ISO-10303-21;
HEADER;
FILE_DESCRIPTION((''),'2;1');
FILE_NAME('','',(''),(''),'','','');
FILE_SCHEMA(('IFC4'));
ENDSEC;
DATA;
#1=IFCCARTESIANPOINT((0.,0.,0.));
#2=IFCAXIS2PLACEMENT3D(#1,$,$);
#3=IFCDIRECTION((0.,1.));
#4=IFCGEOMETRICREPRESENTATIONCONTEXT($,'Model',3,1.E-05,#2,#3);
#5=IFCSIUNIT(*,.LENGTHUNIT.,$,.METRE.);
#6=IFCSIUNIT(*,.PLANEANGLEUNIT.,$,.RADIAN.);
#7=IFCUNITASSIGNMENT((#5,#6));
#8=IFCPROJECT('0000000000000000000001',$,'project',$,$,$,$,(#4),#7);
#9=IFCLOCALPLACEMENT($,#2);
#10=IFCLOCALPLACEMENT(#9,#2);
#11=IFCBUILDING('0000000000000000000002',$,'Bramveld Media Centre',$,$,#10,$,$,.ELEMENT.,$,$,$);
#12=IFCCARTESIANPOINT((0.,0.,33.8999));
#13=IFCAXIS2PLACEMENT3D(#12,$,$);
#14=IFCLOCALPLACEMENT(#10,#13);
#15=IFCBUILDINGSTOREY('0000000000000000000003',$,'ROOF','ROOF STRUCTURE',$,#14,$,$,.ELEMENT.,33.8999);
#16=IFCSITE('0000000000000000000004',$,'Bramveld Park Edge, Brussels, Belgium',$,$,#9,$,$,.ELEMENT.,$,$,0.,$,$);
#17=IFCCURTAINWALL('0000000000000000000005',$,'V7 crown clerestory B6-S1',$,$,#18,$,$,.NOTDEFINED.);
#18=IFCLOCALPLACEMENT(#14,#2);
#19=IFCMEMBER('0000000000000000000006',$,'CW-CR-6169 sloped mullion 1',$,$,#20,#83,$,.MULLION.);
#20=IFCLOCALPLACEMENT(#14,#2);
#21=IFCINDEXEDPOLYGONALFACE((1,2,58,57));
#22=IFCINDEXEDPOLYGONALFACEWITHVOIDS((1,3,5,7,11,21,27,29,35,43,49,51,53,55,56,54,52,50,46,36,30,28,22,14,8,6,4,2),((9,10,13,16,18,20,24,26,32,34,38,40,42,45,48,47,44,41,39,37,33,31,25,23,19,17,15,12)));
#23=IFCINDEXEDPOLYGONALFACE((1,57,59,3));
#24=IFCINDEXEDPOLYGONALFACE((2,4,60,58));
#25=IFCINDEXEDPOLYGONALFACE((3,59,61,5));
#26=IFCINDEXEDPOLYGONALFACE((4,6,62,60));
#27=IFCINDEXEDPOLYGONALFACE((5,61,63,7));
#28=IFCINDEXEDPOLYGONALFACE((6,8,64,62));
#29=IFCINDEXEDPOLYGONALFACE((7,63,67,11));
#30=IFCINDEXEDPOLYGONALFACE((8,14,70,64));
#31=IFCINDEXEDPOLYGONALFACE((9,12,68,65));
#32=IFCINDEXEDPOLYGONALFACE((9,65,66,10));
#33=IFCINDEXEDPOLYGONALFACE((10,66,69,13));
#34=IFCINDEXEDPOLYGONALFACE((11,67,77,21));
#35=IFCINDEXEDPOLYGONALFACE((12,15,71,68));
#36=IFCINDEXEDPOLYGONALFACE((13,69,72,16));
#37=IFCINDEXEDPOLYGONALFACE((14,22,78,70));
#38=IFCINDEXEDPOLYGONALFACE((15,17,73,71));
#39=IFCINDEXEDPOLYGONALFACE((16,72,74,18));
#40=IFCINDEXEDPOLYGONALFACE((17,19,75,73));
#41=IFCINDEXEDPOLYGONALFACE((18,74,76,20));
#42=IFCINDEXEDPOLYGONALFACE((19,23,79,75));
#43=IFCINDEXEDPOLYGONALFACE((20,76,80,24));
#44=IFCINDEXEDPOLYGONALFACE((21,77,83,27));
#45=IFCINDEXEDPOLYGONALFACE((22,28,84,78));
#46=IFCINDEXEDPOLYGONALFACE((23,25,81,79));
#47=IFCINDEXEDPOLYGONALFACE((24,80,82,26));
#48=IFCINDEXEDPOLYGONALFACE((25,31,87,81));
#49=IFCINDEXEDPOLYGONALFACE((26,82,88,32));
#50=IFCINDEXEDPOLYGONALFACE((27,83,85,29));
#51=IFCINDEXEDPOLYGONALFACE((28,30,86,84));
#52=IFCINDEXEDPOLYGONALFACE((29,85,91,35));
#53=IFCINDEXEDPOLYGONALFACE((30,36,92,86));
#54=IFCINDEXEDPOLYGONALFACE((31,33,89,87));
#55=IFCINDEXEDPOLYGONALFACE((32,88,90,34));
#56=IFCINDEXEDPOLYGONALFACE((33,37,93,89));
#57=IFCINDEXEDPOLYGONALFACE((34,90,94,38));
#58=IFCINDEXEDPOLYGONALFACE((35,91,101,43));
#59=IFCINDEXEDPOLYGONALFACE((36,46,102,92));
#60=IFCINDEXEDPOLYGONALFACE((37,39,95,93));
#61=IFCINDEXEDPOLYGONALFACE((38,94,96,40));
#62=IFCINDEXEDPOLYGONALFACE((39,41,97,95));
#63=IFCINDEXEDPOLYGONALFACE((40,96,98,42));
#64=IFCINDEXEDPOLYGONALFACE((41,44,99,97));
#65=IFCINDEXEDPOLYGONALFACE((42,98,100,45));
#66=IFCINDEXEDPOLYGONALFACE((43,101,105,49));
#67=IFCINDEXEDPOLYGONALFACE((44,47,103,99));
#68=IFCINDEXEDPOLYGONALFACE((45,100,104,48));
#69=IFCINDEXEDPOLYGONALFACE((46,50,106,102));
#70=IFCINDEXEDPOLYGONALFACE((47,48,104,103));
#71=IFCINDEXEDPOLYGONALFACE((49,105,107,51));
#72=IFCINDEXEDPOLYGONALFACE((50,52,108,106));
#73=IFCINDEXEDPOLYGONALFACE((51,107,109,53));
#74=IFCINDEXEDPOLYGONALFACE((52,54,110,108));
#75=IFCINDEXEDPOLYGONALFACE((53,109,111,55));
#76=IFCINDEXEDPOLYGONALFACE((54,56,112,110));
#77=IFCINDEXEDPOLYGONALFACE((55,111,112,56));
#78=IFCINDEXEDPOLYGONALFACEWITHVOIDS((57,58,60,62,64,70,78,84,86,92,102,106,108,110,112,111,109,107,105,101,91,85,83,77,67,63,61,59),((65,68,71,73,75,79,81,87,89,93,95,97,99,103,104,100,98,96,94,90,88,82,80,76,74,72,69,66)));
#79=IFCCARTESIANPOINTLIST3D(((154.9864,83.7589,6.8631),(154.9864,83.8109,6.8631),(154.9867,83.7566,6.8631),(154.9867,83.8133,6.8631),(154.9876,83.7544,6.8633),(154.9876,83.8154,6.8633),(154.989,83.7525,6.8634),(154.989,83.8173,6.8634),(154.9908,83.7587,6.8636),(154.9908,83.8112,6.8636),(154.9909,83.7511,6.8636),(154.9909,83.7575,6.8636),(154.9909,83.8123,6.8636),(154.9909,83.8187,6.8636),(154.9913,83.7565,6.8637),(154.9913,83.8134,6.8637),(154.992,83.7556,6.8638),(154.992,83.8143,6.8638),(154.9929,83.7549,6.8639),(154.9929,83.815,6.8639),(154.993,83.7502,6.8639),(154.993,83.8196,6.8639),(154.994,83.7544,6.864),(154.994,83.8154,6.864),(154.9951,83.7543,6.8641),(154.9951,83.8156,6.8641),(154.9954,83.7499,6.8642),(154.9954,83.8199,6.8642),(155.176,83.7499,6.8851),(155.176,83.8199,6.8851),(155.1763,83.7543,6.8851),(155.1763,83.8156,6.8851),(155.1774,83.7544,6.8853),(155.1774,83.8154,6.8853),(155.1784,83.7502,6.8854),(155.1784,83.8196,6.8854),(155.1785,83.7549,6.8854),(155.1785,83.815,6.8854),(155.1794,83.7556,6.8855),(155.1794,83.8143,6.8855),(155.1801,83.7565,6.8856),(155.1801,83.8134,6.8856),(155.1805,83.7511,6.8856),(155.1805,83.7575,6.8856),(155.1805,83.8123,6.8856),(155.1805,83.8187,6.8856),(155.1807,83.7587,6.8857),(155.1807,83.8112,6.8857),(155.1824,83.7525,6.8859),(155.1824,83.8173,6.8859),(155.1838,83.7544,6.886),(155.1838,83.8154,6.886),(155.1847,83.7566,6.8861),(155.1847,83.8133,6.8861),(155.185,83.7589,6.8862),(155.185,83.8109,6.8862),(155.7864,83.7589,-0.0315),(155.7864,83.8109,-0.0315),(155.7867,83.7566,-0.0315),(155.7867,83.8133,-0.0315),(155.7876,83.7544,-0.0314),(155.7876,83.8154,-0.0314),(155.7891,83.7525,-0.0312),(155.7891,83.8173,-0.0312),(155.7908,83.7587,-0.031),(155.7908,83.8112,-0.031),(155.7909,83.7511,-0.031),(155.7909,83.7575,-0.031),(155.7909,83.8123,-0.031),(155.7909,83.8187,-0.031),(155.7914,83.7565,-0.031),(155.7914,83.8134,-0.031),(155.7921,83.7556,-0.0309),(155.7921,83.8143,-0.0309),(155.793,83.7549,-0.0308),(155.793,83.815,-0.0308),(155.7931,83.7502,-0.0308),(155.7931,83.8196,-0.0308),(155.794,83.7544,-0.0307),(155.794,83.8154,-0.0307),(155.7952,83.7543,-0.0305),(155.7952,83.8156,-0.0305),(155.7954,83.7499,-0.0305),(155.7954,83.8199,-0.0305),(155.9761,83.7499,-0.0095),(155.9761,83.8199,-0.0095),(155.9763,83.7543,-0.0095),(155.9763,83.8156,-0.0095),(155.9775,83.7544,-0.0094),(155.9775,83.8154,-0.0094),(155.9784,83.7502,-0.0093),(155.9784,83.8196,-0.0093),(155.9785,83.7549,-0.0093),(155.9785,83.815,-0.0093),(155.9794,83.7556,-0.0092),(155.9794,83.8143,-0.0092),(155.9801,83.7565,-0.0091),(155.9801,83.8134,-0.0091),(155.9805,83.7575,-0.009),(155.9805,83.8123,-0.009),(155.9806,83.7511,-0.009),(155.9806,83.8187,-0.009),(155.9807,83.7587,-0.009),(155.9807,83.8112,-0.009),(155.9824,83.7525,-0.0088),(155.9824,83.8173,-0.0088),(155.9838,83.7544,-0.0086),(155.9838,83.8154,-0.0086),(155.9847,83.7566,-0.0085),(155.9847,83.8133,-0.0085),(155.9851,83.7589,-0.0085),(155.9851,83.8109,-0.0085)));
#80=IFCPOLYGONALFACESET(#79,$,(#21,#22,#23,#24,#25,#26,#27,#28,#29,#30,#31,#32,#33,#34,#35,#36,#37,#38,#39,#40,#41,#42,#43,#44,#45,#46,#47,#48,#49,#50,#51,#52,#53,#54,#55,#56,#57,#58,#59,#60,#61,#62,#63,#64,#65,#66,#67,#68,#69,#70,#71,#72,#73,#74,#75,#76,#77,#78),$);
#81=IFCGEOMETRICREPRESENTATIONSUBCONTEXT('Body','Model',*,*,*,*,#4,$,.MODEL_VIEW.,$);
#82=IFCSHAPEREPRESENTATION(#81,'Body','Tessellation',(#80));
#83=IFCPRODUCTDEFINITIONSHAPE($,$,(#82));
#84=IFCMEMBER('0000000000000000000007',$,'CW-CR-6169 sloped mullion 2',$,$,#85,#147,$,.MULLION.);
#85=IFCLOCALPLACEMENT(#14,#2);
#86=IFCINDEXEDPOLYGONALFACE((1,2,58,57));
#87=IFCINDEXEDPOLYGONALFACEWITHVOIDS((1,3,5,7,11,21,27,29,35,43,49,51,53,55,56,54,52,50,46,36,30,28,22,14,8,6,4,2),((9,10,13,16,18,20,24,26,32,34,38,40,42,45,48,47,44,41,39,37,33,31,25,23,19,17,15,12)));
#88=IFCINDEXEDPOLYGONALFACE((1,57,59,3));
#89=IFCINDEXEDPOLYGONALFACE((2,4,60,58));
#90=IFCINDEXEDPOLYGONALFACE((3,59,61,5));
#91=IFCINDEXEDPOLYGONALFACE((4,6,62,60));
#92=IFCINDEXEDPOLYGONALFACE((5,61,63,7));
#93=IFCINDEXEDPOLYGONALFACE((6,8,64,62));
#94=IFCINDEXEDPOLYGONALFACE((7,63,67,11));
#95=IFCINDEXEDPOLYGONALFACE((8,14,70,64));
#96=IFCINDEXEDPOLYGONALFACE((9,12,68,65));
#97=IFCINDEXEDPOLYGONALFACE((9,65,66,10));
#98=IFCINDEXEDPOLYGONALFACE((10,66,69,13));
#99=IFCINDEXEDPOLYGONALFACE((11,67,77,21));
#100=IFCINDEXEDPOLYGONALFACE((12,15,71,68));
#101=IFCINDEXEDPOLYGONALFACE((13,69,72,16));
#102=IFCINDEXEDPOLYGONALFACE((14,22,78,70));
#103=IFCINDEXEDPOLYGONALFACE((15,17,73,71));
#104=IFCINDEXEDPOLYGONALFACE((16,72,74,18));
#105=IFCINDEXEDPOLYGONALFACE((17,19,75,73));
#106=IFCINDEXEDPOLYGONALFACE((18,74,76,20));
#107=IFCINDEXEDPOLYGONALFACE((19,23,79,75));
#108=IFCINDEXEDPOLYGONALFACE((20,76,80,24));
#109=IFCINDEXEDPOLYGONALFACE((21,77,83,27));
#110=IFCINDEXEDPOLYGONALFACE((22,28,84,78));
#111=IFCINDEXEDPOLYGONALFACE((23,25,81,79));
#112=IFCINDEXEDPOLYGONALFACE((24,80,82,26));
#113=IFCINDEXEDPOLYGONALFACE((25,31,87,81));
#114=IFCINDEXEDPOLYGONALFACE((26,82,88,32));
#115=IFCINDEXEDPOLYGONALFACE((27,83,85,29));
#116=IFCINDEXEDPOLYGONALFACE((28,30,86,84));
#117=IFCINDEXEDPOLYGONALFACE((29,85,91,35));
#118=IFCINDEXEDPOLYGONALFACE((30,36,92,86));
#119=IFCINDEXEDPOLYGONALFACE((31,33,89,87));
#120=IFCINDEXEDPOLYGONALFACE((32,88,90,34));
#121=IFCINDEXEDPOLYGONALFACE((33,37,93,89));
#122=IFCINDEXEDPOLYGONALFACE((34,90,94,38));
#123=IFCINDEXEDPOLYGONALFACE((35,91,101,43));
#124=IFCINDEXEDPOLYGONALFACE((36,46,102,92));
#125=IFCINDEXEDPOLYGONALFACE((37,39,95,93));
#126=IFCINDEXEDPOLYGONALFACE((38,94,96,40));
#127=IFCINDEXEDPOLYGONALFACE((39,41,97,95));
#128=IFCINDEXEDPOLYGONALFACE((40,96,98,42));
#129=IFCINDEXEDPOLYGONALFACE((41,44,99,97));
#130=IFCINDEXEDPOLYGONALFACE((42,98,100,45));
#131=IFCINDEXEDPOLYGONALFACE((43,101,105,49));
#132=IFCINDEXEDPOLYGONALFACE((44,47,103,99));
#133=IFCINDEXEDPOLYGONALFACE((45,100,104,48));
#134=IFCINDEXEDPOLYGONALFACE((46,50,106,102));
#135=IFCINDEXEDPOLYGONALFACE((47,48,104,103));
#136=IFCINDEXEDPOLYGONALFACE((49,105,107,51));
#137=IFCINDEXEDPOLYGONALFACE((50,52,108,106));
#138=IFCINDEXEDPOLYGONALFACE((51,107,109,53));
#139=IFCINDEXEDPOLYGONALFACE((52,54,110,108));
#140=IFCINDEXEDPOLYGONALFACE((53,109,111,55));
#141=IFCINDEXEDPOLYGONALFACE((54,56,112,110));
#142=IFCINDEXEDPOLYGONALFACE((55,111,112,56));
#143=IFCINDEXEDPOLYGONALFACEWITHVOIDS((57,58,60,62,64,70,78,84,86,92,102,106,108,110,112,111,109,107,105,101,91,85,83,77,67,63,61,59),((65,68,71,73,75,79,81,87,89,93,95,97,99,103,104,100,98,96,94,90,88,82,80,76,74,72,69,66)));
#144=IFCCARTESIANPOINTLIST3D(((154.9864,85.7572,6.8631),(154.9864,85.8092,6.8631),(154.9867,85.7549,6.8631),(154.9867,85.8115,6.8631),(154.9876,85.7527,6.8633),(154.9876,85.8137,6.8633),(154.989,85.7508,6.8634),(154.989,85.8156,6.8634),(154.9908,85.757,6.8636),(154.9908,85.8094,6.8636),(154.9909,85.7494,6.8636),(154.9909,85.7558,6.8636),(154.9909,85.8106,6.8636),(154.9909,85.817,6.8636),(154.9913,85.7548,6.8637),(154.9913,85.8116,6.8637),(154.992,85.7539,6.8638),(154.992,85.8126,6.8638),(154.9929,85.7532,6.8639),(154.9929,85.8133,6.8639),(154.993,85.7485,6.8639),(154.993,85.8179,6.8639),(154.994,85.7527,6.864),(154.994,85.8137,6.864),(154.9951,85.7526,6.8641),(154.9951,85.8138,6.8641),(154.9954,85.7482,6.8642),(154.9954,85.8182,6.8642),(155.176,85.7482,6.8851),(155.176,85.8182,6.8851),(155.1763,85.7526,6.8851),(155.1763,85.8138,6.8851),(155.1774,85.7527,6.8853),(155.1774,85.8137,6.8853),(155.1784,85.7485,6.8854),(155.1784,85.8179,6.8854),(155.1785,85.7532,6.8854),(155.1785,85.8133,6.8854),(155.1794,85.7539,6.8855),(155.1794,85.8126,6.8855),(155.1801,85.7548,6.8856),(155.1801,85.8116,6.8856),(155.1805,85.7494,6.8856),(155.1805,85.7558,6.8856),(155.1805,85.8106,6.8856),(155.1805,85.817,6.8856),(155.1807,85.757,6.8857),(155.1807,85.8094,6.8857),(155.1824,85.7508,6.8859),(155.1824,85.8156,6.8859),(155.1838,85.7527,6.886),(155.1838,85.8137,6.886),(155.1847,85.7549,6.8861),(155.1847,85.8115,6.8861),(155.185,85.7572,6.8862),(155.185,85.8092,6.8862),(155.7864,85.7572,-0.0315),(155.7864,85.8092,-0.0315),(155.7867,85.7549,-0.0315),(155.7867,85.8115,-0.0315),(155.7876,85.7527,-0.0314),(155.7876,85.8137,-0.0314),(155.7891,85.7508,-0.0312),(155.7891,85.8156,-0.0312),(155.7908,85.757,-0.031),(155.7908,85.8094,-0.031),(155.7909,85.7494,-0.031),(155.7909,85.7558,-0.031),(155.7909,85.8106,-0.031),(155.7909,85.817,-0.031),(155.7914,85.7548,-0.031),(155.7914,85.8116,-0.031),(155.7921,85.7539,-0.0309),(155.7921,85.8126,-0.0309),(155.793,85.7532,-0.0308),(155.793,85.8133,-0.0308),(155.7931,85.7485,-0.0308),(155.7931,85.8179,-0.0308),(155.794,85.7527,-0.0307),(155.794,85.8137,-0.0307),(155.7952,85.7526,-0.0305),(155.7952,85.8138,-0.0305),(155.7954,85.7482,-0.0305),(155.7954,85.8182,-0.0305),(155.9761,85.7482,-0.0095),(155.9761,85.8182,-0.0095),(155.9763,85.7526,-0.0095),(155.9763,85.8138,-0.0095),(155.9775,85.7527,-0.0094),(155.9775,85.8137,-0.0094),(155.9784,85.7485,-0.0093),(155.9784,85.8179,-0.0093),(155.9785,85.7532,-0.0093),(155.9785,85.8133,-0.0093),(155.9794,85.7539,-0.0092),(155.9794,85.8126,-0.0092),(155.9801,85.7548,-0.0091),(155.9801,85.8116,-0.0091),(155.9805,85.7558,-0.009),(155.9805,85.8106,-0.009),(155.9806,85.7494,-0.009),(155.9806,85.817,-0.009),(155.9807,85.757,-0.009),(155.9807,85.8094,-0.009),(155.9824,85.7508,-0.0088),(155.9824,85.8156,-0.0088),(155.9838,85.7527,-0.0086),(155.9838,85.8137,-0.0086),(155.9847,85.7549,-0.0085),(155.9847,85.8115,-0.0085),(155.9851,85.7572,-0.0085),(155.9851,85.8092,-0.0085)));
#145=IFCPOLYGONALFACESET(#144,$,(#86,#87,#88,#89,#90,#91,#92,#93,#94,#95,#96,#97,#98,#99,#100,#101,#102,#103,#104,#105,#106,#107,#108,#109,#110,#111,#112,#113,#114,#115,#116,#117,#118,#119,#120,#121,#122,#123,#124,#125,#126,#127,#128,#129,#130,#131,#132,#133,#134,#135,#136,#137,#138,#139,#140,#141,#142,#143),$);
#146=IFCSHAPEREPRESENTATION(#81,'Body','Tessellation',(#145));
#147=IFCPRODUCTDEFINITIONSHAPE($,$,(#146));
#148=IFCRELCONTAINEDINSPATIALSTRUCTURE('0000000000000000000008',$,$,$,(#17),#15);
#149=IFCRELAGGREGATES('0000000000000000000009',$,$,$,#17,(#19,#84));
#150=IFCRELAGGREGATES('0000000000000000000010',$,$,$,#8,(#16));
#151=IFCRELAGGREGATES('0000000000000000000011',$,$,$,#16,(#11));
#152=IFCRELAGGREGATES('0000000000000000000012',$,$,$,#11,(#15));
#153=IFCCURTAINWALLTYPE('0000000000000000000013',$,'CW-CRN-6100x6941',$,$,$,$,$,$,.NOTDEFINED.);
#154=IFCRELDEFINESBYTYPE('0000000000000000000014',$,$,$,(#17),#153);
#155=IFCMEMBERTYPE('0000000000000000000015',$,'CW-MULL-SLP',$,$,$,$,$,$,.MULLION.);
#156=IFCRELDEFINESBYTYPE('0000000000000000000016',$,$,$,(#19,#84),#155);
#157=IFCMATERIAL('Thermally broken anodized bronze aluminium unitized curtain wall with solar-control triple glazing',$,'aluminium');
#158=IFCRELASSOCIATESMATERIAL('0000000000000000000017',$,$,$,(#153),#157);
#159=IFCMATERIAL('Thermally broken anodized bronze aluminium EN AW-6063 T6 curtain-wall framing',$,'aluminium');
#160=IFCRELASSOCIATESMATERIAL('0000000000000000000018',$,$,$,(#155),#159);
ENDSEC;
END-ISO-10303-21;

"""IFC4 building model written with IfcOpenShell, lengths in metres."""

from ifc_helpers import new_model, si_unit, direction, frame, origin, origin_2d, place, context, subcontext, project, spatial, hollow_rectangle, extrude, material, material_profile, profile_set, type_object, element, aggregate, save


model = new_model("IFC4")

# Units and contexts
model_context = context("Model", 3, precision=1e-05, world=origin(), true_north=direction((0.0, 1.0)))
body_context = subcontext(model_context, "Body", "Model", "MODEL_VIEW")
ifc_project = project(units=[si_unit("LENGTHUNIT", "METRE"), si_unit("PLANEANGLEUNIT", "RADIAN")], contexts=[model_context])

# Site, building, storey
site_placement = place(None, origin())
site = spatial("IfcSite", under=ifc_project, at=site_placement, Name="Bramveld Park Edge, Brussels, Belgium", CompositionType="ELEMENT", RefElevation=0.0)
building_placement = place(site_placement, origin())
building = spatial("IfcBuilding", under=site, at=building_placement, Name="Bramveld Media Centre", CompositionType="ELEMENT")
storey_placement = place(building_placement, frame((0.0, 0.0, 33.8999)))
storey = spatial("IfcBuildingStorey", under=building, at=storey_placement, Name="ROOF", Description="ROOF STRUCTURE", CompositionType="ELEMENT", Elevation=33.8999)

# Curtain wall, members
ifc_material_1 = material(Name="Thermally broken anodized bronze aluminium unitized curtain wall with solar-control triple glazing", Category="aluminium")
curtain_wall_type = type_object("IfcCurtainWallType", Name="CW-CRN-6100x6941", PredefinedType="NOTDEFINED", material=ifc_material_1)
curtain_wall_1_placement = place(storey_placement, origin())
curtain_wall_1 = element("IfcCurtainWall", 1, at=curtain_wall_1_placement, inside=storey, type_object=curtain_wall_type, Name="V7 crown clerestory B6-S1", PredefinedType="NOTDEFINED")
ifc_material_2 = material(Name="Thermally broken anodized bronze aluminium EN AW-6063 T6 curtain-wall framing", Category="aluminium")
ifc_material_profile_1 = material_profile(ifc_material_2, hollow_rectangle(XDim=0.0701, YDim=0.2, WallThickness=0.0044, InnerFilletRadius=0.0044, OuterFilletRadius=0.009, at=origin_2d()), Name="AL-MULL 70x200")
ifc_profile_set_1 = profile_set([ifc_material_profile_1], Name="Thermally broken anodized bronze aluminium EN AW-6063 T6 curtain-wall framing")
member_type_1 = type_object("IfcMemberType", Name="CW-MULL-SLP", PredefinedType="MULLION", material=ifc_profile_set_1)
member_1_placement = place(storey_placement, frame((155.8857, 83.7849, -0.02), z_axis=(-0.115264, 0.0, 0.993335), x_axis=(0.0, -1.0, 0.0)))
member_1 = element("IfcMember", 2, at=member_1_placement, type_object=member_type_1, Name="CW-CR-6169 sloped mullion 1", PredefinedType="MULLION", context=body_context, shape_type="SweptSolid", body=[
    extrude(hollow_rectangle(XDim=0.0701, YDim=0.2, WallThickness=0.0044, InnerFilletRadius=0.0044, OuterFilletRadius=0.009, at=origin_2d()), origin(), (0.0, 0.0, 1.0), 6.9409),
])
member_2_placement = place(storey_placement, frame((155.8857, 85.7832, -0.02), z_axis=(-0.115264, 0.0, 0.993335), x_axis=(0.0, -1.0, 0.0)))
member_2 = element("IfcMember", 3, at=member_2_placement, type_object=member_type_1, Name="CW-CR-6169 sloped mullion 2", PredefinedType="MULLION", context=body_context, shape_type="SweptSolid", body=[
    extrude(hollow_rectangle(XDim=0.0701, YDim=0.2, WallThickness=0.0044, InnerFilletRadius=0.0044, OuterFilletRadius=0.009, at=origin_2d()), origin(), (0.0, 0.0, 1.0), 6.9409),
])

aggregate(curtain_wall_1, [member_1, member_2])

save(model, "model.ifc")
